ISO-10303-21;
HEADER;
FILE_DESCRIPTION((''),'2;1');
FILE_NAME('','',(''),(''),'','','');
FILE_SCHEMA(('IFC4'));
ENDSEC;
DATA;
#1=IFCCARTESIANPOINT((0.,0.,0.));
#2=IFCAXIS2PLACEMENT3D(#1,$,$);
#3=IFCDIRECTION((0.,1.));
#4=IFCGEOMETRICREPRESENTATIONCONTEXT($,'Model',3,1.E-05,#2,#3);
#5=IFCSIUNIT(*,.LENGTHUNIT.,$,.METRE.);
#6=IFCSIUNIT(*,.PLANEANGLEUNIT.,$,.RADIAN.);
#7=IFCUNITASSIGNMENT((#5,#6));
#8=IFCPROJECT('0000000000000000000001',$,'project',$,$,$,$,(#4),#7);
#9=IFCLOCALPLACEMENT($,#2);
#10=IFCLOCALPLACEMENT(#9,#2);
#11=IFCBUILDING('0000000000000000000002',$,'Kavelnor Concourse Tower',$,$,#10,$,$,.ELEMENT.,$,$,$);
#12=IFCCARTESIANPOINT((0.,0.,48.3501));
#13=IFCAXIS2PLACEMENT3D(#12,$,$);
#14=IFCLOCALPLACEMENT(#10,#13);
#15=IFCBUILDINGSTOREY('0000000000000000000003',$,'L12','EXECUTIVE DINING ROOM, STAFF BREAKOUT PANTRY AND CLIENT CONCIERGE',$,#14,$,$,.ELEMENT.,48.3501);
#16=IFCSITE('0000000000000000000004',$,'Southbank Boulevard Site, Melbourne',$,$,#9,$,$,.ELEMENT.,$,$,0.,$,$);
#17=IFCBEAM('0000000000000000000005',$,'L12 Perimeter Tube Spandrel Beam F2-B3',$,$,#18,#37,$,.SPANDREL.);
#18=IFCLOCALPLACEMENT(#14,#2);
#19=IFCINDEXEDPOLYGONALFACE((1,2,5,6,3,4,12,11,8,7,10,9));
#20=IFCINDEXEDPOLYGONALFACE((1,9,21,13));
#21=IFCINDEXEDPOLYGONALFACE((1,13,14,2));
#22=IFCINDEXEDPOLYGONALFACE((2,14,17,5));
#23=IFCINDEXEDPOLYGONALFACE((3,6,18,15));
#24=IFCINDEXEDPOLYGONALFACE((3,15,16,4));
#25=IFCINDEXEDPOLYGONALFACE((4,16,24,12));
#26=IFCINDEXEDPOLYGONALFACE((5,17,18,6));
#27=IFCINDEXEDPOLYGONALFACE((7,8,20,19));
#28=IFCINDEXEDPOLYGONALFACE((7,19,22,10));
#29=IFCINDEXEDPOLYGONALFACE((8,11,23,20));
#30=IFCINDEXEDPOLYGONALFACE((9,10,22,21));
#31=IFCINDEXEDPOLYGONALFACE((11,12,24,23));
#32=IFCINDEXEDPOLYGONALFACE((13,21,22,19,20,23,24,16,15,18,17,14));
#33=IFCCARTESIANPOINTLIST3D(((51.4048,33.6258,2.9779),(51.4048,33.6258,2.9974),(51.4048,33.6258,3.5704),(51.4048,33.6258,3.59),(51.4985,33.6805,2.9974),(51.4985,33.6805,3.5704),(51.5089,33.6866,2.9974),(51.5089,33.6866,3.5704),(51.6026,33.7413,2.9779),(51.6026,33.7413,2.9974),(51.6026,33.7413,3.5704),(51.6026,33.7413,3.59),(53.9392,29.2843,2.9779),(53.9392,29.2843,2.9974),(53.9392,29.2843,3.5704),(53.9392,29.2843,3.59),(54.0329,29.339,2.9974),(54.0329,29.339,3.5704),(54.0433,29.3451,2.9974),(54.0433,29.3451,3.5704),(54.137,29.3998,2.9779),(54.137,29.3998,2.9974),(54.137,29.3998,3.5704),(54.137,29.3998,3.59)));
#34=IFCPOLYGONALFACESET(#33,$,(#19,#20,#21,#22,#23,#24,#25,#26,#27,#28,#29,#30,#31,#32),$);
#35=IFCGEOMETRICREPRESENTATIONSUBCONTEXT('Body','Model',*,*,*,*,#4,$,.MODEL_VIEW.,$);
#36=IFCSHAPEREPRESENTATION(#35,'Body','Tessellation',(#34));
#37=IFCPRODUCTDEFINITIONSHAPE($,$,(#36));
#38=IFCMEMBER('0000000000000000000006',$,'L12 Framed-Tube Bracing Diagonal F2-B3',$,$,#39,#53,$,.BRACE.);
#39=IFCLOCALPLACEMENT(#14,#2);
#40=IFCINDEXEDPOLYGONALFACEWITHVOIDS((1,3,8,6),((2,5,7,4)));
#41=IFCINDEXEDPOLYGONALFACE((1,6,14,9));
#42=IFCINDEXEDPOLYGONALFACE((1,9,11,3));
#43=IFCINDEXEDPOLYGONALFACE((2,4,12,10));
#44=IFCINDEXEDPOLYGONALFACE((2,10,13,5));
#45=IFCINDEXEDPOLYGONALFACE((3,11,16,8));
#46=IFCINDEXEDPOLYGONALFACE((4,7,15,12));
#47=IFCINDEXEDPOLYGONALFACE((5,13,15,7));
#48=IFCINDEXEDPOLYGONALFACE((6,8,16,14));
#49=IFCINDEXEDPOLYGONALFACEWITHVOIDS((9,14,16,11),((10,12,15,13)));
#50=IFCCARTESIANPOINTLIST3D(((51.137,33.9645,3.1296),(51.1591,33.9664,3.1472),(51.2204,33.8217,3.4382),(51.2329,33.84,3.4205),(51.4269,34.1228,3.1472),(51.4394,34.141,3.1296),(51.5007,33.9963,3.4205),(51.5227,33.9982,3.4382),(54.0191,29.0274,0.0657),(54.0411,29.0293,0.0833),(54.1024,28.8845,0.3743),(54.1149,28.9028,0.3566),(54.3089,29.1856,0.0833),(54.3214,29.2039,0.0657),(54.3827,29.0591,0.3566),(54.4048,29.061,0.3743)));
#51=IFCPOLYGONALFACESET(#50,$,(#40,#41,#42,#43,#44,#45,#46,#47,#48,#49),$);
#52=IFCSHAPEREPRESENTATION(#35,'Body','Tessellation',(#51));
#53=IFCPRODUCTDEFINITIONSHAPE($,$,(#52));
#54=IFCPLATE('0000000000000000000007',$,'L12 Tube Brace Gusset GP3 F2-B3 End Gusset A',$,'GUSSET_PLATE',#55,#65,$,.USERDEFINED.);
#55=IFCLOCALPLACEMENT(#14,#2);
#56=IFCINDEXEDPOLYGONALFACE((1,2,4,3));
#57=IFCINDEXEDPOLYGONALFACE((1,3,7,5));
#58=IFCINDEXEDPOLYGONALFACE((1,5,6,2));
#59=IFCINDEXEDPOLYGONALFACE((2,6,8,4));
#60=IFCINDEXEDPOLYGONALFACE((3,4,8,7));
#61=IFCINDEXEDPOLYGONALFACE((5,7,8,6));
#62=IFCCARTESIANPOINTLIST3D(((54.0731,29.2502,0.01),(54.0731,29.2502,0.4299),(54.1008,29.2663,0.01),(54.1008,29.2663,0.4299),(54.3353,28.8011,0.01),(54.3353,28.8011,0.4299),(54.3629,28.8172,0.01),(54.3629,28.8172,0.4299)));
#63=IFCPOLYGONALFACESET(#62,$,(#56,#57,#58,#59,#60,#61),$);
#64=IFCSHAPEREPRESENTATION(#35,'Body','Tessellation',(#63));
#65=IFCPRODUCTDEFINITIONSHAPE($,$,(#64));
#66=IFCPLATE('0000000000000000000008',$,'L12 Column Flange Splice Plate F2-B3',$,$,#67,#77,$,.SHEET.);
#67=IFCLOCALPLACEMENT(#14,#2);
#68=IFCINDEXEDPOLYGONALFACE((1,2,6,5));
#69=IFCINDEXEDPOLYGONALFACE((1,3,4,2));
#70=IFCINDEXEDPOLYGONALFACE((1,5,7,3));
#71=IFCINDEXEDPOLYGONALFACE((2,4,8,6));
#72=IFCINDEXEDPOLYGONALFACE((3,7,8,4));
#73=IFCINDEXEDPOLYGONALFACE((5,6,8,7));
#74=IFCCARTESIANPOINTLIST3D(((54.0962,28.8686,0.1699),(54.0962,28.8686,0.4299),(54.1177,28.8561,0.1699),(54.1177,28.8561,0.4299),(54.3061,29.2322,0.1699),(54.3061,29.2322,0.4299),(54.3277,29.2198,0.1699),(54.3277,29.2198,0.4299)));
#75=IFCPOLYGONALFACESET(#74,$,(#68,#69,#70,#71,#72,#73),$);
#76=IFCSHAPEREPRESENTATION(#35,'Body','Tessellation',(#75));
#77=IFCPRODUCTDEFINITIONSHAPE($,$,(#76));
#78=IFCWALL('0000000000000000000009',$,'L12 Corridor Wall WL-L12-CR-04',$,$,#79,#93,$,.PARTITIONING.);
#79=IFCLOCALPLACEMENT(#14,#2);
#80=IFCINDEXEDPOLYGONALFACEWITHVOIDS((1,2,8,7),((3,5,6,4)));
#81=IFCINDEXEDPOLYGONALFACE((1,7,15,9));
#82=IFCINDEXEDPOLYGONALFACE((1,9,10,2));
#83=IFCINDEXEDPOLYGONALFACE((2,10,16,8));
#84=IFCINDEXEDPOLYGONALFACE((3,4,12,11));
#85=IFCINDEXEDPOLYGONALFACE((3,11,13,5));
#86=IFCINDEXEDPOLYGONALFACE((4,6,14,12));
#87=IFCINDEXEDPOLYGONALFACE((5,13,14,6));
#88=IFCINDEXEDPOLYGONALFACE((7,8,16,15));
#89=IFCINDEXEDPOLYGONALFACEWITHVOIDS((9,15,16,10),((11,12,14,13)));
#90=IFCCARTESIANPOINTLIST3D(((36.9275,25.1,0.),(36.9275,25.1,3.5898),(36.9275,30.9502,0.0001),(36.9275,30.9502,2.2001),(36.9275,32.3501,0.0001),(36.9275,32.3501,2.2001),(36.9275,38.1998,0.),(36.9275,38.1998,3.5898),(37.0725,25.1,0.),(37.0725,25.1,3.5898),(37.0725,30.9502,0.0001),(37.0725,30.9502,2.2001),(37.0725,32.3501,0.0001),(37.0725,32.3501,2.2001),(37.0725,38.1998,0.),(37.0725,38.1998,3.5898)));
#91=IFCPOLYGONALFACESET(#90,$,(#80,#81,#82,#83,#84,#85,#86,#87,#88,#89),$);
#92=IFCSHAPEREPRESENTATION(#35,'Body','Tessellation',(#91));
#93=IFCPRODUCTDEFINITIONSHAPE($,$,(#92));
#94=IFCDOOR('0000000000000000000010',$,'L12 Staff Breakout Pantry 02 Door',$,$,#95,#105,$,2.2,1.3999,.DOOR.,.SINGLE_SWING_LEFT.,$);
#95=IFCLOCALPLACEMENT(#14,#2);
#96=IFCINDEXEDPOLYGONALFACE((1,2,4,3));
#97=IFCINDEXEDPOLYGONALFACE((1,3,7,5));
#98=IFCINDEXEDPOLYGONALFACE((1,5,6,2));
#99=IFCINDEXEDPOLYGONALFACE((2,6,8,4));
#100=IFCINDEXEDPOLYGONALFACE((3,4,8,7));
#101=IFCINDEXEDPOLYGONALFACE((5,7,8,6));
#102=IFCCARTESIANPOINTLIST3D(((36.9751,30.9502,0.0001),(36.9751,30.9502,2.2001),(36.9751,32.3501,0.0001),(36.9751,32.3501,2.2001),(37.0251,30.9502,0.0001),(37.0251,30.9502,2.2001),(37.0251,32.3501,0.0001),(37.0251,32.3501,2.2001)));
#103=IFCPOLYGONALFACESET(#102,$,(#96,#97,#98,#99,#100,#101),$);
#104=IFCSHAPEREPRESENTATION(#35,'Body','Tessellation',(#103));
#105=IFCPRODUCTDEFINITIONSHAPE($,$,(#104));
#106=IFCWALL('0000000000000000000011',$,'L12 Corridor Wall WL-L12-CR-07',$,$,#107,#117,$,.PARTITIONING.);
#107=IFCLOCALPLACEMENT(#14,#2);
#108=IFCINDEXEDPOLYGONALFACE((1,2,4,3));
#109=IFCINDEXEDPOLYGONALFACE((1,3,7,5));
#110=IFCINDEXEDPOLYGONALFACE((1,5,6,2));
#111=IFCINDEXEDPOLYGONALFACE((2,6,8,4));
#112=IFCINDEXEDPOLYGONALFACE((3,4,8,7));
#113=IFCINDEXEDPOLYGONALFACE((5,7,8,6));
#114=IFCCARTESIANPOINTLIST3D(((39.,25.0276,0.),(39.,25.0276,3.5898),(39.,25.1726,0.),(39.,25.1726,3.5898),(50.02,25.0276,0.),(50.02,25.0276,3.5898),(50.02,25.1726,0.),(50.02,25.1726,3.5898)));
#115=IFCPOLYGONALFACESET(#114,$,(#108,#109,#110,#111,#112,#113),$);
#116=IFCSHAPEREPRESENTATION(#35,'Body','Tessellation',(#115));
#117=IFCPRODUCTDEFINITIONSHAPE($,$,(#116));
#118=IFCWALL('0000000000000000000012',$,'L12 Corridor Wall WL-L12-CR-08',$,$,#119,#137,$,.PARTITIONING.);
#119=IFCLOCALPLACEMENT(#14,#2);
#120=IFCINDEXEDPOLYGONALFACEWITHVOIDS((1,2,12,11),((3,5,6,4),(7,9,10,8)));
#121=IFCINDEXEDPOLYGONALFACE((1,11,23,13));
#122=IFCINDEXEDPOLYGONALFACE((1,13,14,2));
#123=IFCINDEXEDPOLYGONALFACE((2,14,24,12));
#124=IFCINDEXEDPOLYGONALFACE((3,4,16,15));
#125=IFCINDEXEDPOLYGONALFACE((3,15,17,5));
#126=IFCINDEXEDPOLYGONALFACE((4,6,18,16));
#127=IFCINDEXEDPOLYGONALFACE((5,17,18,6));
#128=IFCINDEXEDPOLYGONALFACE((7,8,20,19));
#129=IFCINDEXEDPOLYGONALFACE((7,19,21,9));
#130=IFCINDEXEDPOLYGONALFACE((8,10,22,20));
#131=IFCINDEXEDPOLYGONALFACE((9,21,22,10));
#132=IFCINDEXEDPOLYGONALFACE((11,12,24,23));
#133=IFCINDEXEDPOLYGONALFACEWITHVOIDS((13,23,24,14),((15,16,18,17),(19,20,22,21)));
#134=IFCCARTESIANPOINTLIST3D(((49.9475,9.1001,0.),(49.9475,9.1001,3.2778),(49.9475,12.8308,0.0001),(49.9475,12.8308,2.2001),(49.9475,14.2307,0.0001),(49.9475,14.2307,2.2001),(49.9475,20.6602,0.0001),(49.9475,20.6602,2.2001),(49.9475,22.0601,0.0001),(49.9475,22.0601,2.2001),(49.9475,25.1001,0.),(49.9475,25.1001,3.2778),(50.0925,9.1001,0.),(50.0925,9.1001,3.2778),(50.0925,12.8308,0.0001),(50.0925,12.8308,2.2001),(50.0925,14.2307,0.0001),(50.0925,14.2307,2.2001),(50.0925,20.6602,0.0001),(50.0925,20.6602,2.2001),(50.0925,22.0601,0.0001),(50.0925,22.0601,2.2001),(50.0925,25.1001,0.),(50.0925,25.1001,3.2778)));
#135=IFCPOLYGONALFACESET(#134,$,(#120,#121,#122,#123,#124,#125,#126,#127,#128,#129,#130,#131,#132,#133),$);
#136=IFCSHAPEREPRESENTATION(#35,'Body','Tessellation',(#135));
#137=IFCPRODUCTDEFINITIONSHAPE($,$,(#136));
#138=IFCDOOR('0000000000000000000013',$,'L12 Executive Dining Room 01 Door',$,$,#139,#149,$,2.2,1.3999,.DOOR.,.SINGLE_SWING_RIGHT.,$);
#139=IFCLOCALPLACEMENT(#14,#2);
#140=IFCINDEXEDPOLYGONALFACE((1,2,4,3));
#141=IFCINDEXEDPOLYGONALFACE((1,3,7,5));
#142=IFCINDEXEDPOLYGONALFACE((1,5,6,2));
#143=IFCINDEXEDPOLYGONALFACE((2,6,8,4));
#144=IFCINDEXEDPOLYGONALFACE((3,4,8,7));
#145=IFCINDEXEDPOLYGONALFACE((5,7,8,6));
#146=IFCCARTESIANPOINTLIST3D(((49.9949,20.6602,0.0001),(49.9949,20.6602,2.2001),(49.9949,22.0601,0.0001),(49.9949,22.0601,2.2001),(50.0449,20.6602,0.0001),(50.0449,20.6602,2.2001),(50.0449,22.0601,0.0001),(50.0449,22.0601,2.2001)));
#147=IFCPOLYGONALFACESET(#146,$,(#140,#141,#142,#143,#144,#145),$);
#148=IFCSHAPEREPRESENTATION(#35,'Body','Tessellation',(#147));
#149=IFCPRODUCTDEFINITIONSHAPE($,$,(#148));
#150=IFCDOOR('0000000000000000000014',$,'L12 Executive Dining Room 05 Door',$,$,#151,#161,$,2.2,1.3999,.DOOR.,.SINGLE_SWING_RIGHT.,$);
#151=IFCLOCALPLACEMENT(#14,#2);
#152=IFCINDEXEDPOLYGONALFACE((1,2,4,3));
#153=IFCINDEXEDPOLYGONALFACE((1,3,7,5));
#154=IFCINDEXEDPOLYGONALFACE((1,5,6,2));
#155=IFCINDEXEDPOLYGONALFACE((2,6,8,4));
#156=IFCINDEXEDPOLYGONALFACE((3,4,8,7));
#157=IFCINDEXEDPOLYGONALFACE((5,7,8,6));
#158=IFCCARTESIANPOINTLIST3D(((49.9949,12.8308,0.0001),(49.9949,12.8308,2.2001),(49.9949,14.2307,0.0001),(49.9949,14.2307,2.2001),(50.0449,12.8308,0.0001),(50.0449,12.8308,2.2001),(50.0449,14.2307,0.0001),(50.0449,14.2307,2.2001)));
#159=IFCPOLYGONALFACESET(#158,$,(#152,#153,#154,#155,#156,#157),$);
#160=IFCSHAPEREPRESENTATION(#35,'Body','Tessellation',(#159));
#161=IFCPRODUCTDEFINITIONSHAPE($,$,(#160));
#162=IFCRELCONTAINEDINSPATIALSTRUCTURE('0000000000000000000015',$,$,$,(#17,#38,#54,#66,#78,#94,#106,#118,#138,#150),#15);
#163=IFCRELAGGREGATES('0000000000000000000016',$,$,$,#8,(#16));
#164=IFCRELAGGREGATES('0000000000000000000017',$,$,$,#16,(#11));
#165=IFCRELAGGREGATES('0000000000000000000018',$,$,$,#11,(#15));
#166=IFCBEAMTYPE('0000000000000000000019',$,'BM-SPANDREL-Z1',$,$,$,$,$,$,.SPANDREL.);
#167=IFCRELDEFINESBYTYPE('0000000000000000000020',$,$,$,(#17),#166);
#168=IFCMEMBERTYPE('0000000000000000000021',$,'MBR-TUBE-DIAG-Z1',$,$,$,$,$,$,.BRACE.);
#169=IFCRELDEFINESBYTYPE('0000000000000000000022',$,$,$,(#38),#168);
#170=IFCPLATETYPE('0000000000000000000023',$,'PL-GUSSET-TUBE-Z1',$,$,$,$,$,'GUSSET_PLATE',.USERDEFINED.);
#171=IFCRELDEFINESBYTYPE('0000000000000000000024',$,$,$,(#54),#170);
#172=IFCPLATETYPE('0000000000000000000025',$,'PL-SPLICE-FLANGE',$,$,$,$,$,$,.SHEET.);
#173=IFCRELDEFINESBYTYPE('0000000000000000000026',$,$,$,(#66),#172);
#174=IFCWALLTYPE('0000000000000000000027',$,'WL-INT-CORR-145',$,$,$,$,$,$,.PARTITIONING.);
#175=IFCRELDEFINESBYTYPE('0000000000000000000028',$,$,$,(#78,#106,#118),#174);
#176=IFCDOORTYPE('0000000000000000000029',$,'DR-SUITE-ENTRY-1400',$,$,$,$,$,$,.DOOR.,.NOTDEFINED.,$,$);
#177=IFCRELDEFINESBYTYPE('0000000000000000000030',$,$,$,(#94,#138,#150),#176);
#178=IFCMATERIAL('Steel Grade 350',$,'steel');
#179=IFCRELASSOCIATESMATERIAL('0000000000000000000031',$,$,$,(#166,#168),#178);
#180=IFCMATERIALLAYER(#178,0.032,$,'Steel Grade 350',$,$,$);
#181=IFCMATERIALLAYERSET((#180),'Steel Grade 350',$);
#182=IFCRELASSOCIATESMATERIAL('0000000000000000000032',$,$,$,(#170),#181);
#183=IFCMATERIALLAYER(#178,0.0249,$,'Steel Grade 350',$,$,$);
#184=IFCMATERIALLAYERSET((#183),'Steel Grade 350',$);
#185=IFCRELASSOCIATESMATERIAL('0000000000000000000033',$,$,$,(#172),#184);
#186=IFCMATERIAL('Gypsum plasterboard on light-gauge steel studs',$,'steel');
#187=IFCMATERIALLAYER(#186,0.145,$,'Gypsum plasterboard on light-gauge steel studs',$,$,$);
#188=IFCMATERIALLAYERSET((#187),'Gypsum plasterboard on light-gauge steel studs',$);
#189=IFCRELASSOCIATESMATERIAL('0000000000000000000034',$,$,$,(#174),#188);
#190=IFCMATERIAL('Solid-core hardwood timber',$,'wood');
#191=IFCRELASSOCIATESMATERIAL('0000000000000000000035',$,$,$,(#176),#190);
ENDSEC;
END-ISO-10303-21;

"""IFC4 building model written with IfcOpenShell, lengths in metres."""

from ifc_helpers import new_model, si_unit, direction, frame, frame_2d, origin, origin_2d, place, context, subcontext, project, spatial, rectangle, hollow_rectangle, i_section, extrude, material, layer, layer_set, material_profile, profile_set, type_object, element, fill, save


model = new_model("IFC4")

# Units and contexts
model_context = context("Model", 3, precision=1e-05, world=origin(), true_north=direction((0.0, 1.0)))
body_context = subcontext(model_context, "Body", "Model", "MODEL_VIEW")
ifc_project = project(units=[si_unit("LENGTHUNIT", "METRE"), si_unit("PLANEANGLEUNIT", "RADIAN")], contexts=[model_context])

# Site, building, storey
site_placement = place(None, origin())
site = spatial("IfcSite", under=ifc_project, at=site_placement, Name="Southbank Boulevard Site, Melbourne", CompositionType="ELEMENT", RefElevation=0.0)
building_placement = place(site_placement, origin())
building = spatial("IfcBuilding", under=site, at=building_placement, Name="Kavelnor Concourse Tower", CompositionType="ELEMENT")
storey_placement = place(building_placement, frame((0.0, 0.0, 48.3501)))
storey = spatial("IfcBuildingStorey", under=building, at=storey_placement, Name="L12", Description="EXECUTIVE DINING ROOM, STAFF BREAKOUT PANTRY AND CLIENT CONCIERGE", CompositionType="ELEMENT", Elevation=48.3501)

# Shared definitions
ifc_material_1 = material(Name="Steel Grade 350", Category="steel")

# Beam
ifc_material_profile_1 = material_profile(ifc_material_1, i_section(OverallWidth=0.229, OverallDepth=0.6121, WebThickness=0.012, FlangeThickness=0.0195, at=origin_2d()), Name="610UB125")
ifc_profile_set_1 = profile_set([ifc_material_profile_1], Name="Steel Grade 350")
beam_type_1 = type_object("IfcBeamType", Name="BM-SPANDREL-Z1", PredefinedType="SPANDREL", material=ifc_profile_set_1)
beam_1_placement = place(storey_placement, frame((54.0381, 29.342, 3.2839), z_axis=(-0.504146, 0.863619, 0.0), x_axis=(-0.863619, -0.504146, 0.0)))
element("IfcBeam", 1, at=beam_1_placement, inside=storey, type_object=beam_type_1, Name="L12 Perimeter Tube Spandrel Beam F2-B3", PredefinedType="SPANDREL", context=body_context, shape_type="SweptSolid", body=[
    extrude(i_section(OverallWidth=0.229, OverallDepth=0.6121, WebThickness=0.012, FlangeThickness=0.0195, at=origin_2d()), origin(), (0.0, 0.0, 1.0), 5.0271),
])

# Member
ifc_material_profile_2 = material_profile(ifc_material_1, hollow_rectangle(XDim=0.3501, YDim=0.3501, WallThickness=0.02, at=origin_2d()), Name="SHS 350x350x20")
ifc_profile_set_2 = profile_set([ifc_material_profile_2], Name="Steel Grade 350")
member_type = type_object("IfcMemberType", Name="MBR-TUBE-DIAG-Z1", PredefinedType="BRACE", material=ifc_profile_set_2)
member_placement = place(storey_placement, frame((54.2119, 29.0442, 0.22), z_axis=(-0.44434, 0.761194, 0.472382), x_axis=(-0.863626, -0.504134, 0.0)))
element("IfcMember", 2, at=member_placement, inside=storey, type_object=member_type, Name="L12 Framed-Tube Bracing Diagonal F2-B3", PredefinedType="BRACE", context=body_context, shape_type="SweptSolid", body=[
    extrude(hollow_rectangle(XDim=0.3501, YDim=0.3501, WallThickness=0.02, at=origin_2d()), origin(), (0.0, 0.0, 1.0), 6.4861),
])

# Plates
ifc_layer_1 = layer(ifc_material_1, 0.032, Name="Steel Grade 350")
ifc_layer_set_1 = layer_set([ifc_layer_1], Name="Steel Grade 350")
plate_type_1 = type_object("IfcPlateType", Name="PL-GUSSET-TUBE-Z1", ElementType="GUSSET_PLATE", PredefinedType="USERDEFINED", material=ifc_layer_set_1)
plate_1_placement = place(storey_placement, frame((54.218, 29.0337, 0.01), z_axis=(0.0, 0.0, 1.0), x_axis=(-0.504075, 0.86366, 0.0)))
element("IfcPlate", 3, at=plate_1_placement, inside=storey, type_object=plate_type_1, Name="L12 Tube Brace Gusset GP3 F2-B3 End Gusset A", ObjectType="GUSSET_PLATE", PredefinedType="USERDEFINED", context=body_context, shape_type="SweptSolid", body=[
    extrude(rectangle(XDim=0.52, YDim=0.032, at=origin_2d()), origin(), (0.0, 0.0, 1.0), 0.4199),
])
ifc_layer_2 = layer(ifc_material_1, 0.0249, Name="Steel Grade 350")
ifc_layer_set_2 = layer_set([ifc_layer_2], Name="Steel Grade 350")
plate_type_2 = type_object("IfcPlateType", Name="PL-SPLICE-FLANGE", PredefinedType="SHEET", material=ifc_layer_set_2)
plate_2_placement = place(storey_placement, frame((54.2119, 29.0442, 0.1699), z_axis=(0.0, 0.0, 1.0), x_axis=(-0.5, -0.866025, 0.0)))
element("IfcPlate", 4, at=plate_2_placement, inside=storey, type_object=plate_type_2, Name="L12 Column Flange Splice Plate F2-B3", PredefinedType="SHEET", context=body_context, shape_type="SweptSolid", body=[
    extrude(rectangle(XDim=0.4199, YDim=0.0249, at=origin_2d()), origin(), (0.0, 0.0, 1.0), 0.26),
])

# Wall, opening, door
ifc_material_2 = material(Name="Gypsum plasterboard on light-gauge steel studs", Category="steel")
ifc_layer_3 = layer(ifc_material_2, 0.145, Name="Gypsum plasterboard on light-gauge steel studs")
ifc_layer_set_3 = layer_set([ifc_layer_3], Name="Gypsum plasterboard on light-gauge steel studs")
wall_type_1 = type_object("IfcWallType", Name="WL-INT-CORR-145", PredefinedType="PARTITIONING", material=ifc_layer_set_3)
wall_1_placement = place(storey_placement, frame((37.0, 25.1001, 0.0), z_axis=(0.0, 0.0, 1.0), x_axis=(0.0, 1.0, 0.0)))
wall_1 = element("IfcWall", 5, at=wall_1_placement, inside=storey, type_object=wall_type_1, Name="L12 Corridor Wall WL-L12-CR-04", PredefinedType="PARTITIONING", context=body_context, shape_type="SweptSolid", body=[
    extrude(rectangle(XDim=13.0999, YDim=0.145, at=frame_2d((6.5498, 0.0))), origin(), (0.0, 0.0, 1.0), 3.5898),
])
opening_1_placement = place(wall_1_placement, frame((5.8501, 0.0, 0.0)))
opening_1 = element("IfcOpeningElement", 6, at=opening_1_placement, cuts=wall_1, PredefinedType="OPENING", context=body_context, shape_type="SweptSolid", body=[
    extrude(rectangle(XDim=1.3999, YDim=2.2, at=frame_2d((0.7, 1.1001))), frame((0.0, 0.0825, 0.0), z_axis=(0.0, -1.0, 0.0), x_axis=(1.0, 0.0, 0.0)), (0.0, 0.0, 1.0), 0.165),
])
ifc_material_3 = material(Name="Solid-core hardwood timber", Category="wood")
door_type = type_object("IfcDoorType", Name="DR-SUITE-ENTRY-1400", OperationType="NOTDEFINED", PredefinedType="DOOR", material=ifc_material_3)
door_1_placement = place(opening_1_placement, origin())
door_1 = element("IfcDoor", 7, at=door_1_placement, inside=storey, type_object=door_type, Name="L12 Staff Breakout Pantry 02 Door", OperationType="SINGLE_SWING_LEFT", OverallHeight=2.2, OverallWidth=1.3999, PredefinedType="DOOR", context=body_context, shape_type="SweptSolid", body=[
    extrude(rectangle(XDim=1.3999, YDim=2.2, at=frame_2d((0.7, 1.1001))), frame((0.0, 0.0249, 0.0), z_axis=(0.0, -1.0, 0.0), x_axis=(1.0, 0.0, 0.0)), (0.0, 0.0, 1.0), 0.05),
])
fill(opening_1, door_1)

# Wall
wall_2_placement = place(storey_placement, frame((39.0, 25.1001, 0.0), z_axis=(0.0, 0.0, 1.0), x_axis=(1.0, 0.0, 0.0)))
element("IfcWall", 8, at=wall_2_placement, inside=storey, type_object=wall_type_1, Name="L12 Corridor Wall WL-L12-CR-07", PredefinedType="PARTITIONING", context=body_context, shape_type="SweptSolid", body=[
    extrude(rectangle(XDim=11.02, YDim=0.145, at=frame_2d((5.51, 0.0))), origin(), (0.0, 0.0, 1.0), 3.5898),
])

# Wall, openings, doors
wall_3_placement = place(storey_placement, frame((50.02, 25.1001, 0.0), z_axis=(0.0, 0.0, 1.0), x_axis=(0.0, -1.0, 0.0)))
wall_3 = element("IfcWall", 9, at=wall_3_placement, inside=storey, type_object=wall_type_1, Name="L12 Corridor Wall WL-L12-CR-08", PredefinedType="PARTITIONING", context=body_context, shape_type="SweptSolid", body=[
    extrude(rectangle(XDim=16.0, YDim=0.145, at=frame_2d((8.0, 0.0))), origin(), (0.0, 0.0, 1.0), 3.2778),
])
opening_2_placement = place(wall_3_placement, frame((3.04, 0.0, 0.0)))
opening_2 = element("IfcOpeningElement", 10, at=opening_2_placement, cuts=wall_3, PredefinedType="OPENING", context=body_context, shape_type="SweptSolid", body=[
    extrude(rectangle(XDim=1.3999, YDim=2.2, at=frame_2d((0.7, 1.1001))), frame((0.0, 0.0825, 0.0), z_axis=(0.0, -1.0, 0.0), x_axis=(1.0, 0.0, 0.0)), (0.0, 0.0, 1.0), 0.165),
])
opening_3_placement = place(wall_3_placement, frame((10.8694, 0.0, 0.0)))
opening_3 = element("IfcOpeningElement", 11, at=opening_3_placement, cuts=wall_3, PredefinedType="OPENING", context=body_context, shape_type="SweptSolid", body=[
    extrude(rectangle(XDim=1.3999, YDim=2.2, at=frame_2d((0.7, 1.1001))), frame((0.0, 0.0825, 0.0), z_axis=(0.0, -1.0, 0.0), x_axis=(1.0, 0.0, 0.0)), (0.0, 0.0, 1.0), 0.165),
])
door_2_placement = place(opening_2_placement, origin())
door_2 = element("IfcDoor", 12, at=door_2_placement, inside=storey, type_object=door_type, Name="L12 Executive Dining Room 01 Door", OperationType="SINGLE_SWING_RIGHT", OverallHeight=2.2, OverallWidth=1.3999, PredefinedType="DOOR", context=body_context, shape_type="SweptSolid", body=[
    extrude(rectangle(XDim=1.3999, YDim=2.2, at=frame_2d((0.7, 1.1001))), frame((0.0, 0.0249, 0.0), z_axis=(0.0, -1.0, 0.0), x_axis=(1.0, 0.0, 0.0)), (0.0, 0.0, 1.0), 0.05),
])
fill(opening_2, door_2)
door_3_placement = place(opening_3_placement, origin())
door_3 = element("IfcDoor", 13, at=door_3_placement, inside=storey, type_object=door_type, Name="L12 Executive Dining Room 05 Door", OperationType="SINGLE_SWING_RIGHT", OverallHeight=2.2, OverallWidth=1.3999, PredefinedType="DOOR", context=body_context, shape_type="SweptSolid", body=[
    extrude(rectangle(XDim=1.3999, YDim=2.2, at=frame_2d((0.7, 1.1001))), frame((0.0, 0.0249, 0.0), z_axis=(0.0, -1.0, 0.0), x_axis=(1.0, 0.0, 0.0)), (0.0, 0.0, 1.0), 0.05),
])
fill(opening_3, door_3)

save(model, "model.ifc")
